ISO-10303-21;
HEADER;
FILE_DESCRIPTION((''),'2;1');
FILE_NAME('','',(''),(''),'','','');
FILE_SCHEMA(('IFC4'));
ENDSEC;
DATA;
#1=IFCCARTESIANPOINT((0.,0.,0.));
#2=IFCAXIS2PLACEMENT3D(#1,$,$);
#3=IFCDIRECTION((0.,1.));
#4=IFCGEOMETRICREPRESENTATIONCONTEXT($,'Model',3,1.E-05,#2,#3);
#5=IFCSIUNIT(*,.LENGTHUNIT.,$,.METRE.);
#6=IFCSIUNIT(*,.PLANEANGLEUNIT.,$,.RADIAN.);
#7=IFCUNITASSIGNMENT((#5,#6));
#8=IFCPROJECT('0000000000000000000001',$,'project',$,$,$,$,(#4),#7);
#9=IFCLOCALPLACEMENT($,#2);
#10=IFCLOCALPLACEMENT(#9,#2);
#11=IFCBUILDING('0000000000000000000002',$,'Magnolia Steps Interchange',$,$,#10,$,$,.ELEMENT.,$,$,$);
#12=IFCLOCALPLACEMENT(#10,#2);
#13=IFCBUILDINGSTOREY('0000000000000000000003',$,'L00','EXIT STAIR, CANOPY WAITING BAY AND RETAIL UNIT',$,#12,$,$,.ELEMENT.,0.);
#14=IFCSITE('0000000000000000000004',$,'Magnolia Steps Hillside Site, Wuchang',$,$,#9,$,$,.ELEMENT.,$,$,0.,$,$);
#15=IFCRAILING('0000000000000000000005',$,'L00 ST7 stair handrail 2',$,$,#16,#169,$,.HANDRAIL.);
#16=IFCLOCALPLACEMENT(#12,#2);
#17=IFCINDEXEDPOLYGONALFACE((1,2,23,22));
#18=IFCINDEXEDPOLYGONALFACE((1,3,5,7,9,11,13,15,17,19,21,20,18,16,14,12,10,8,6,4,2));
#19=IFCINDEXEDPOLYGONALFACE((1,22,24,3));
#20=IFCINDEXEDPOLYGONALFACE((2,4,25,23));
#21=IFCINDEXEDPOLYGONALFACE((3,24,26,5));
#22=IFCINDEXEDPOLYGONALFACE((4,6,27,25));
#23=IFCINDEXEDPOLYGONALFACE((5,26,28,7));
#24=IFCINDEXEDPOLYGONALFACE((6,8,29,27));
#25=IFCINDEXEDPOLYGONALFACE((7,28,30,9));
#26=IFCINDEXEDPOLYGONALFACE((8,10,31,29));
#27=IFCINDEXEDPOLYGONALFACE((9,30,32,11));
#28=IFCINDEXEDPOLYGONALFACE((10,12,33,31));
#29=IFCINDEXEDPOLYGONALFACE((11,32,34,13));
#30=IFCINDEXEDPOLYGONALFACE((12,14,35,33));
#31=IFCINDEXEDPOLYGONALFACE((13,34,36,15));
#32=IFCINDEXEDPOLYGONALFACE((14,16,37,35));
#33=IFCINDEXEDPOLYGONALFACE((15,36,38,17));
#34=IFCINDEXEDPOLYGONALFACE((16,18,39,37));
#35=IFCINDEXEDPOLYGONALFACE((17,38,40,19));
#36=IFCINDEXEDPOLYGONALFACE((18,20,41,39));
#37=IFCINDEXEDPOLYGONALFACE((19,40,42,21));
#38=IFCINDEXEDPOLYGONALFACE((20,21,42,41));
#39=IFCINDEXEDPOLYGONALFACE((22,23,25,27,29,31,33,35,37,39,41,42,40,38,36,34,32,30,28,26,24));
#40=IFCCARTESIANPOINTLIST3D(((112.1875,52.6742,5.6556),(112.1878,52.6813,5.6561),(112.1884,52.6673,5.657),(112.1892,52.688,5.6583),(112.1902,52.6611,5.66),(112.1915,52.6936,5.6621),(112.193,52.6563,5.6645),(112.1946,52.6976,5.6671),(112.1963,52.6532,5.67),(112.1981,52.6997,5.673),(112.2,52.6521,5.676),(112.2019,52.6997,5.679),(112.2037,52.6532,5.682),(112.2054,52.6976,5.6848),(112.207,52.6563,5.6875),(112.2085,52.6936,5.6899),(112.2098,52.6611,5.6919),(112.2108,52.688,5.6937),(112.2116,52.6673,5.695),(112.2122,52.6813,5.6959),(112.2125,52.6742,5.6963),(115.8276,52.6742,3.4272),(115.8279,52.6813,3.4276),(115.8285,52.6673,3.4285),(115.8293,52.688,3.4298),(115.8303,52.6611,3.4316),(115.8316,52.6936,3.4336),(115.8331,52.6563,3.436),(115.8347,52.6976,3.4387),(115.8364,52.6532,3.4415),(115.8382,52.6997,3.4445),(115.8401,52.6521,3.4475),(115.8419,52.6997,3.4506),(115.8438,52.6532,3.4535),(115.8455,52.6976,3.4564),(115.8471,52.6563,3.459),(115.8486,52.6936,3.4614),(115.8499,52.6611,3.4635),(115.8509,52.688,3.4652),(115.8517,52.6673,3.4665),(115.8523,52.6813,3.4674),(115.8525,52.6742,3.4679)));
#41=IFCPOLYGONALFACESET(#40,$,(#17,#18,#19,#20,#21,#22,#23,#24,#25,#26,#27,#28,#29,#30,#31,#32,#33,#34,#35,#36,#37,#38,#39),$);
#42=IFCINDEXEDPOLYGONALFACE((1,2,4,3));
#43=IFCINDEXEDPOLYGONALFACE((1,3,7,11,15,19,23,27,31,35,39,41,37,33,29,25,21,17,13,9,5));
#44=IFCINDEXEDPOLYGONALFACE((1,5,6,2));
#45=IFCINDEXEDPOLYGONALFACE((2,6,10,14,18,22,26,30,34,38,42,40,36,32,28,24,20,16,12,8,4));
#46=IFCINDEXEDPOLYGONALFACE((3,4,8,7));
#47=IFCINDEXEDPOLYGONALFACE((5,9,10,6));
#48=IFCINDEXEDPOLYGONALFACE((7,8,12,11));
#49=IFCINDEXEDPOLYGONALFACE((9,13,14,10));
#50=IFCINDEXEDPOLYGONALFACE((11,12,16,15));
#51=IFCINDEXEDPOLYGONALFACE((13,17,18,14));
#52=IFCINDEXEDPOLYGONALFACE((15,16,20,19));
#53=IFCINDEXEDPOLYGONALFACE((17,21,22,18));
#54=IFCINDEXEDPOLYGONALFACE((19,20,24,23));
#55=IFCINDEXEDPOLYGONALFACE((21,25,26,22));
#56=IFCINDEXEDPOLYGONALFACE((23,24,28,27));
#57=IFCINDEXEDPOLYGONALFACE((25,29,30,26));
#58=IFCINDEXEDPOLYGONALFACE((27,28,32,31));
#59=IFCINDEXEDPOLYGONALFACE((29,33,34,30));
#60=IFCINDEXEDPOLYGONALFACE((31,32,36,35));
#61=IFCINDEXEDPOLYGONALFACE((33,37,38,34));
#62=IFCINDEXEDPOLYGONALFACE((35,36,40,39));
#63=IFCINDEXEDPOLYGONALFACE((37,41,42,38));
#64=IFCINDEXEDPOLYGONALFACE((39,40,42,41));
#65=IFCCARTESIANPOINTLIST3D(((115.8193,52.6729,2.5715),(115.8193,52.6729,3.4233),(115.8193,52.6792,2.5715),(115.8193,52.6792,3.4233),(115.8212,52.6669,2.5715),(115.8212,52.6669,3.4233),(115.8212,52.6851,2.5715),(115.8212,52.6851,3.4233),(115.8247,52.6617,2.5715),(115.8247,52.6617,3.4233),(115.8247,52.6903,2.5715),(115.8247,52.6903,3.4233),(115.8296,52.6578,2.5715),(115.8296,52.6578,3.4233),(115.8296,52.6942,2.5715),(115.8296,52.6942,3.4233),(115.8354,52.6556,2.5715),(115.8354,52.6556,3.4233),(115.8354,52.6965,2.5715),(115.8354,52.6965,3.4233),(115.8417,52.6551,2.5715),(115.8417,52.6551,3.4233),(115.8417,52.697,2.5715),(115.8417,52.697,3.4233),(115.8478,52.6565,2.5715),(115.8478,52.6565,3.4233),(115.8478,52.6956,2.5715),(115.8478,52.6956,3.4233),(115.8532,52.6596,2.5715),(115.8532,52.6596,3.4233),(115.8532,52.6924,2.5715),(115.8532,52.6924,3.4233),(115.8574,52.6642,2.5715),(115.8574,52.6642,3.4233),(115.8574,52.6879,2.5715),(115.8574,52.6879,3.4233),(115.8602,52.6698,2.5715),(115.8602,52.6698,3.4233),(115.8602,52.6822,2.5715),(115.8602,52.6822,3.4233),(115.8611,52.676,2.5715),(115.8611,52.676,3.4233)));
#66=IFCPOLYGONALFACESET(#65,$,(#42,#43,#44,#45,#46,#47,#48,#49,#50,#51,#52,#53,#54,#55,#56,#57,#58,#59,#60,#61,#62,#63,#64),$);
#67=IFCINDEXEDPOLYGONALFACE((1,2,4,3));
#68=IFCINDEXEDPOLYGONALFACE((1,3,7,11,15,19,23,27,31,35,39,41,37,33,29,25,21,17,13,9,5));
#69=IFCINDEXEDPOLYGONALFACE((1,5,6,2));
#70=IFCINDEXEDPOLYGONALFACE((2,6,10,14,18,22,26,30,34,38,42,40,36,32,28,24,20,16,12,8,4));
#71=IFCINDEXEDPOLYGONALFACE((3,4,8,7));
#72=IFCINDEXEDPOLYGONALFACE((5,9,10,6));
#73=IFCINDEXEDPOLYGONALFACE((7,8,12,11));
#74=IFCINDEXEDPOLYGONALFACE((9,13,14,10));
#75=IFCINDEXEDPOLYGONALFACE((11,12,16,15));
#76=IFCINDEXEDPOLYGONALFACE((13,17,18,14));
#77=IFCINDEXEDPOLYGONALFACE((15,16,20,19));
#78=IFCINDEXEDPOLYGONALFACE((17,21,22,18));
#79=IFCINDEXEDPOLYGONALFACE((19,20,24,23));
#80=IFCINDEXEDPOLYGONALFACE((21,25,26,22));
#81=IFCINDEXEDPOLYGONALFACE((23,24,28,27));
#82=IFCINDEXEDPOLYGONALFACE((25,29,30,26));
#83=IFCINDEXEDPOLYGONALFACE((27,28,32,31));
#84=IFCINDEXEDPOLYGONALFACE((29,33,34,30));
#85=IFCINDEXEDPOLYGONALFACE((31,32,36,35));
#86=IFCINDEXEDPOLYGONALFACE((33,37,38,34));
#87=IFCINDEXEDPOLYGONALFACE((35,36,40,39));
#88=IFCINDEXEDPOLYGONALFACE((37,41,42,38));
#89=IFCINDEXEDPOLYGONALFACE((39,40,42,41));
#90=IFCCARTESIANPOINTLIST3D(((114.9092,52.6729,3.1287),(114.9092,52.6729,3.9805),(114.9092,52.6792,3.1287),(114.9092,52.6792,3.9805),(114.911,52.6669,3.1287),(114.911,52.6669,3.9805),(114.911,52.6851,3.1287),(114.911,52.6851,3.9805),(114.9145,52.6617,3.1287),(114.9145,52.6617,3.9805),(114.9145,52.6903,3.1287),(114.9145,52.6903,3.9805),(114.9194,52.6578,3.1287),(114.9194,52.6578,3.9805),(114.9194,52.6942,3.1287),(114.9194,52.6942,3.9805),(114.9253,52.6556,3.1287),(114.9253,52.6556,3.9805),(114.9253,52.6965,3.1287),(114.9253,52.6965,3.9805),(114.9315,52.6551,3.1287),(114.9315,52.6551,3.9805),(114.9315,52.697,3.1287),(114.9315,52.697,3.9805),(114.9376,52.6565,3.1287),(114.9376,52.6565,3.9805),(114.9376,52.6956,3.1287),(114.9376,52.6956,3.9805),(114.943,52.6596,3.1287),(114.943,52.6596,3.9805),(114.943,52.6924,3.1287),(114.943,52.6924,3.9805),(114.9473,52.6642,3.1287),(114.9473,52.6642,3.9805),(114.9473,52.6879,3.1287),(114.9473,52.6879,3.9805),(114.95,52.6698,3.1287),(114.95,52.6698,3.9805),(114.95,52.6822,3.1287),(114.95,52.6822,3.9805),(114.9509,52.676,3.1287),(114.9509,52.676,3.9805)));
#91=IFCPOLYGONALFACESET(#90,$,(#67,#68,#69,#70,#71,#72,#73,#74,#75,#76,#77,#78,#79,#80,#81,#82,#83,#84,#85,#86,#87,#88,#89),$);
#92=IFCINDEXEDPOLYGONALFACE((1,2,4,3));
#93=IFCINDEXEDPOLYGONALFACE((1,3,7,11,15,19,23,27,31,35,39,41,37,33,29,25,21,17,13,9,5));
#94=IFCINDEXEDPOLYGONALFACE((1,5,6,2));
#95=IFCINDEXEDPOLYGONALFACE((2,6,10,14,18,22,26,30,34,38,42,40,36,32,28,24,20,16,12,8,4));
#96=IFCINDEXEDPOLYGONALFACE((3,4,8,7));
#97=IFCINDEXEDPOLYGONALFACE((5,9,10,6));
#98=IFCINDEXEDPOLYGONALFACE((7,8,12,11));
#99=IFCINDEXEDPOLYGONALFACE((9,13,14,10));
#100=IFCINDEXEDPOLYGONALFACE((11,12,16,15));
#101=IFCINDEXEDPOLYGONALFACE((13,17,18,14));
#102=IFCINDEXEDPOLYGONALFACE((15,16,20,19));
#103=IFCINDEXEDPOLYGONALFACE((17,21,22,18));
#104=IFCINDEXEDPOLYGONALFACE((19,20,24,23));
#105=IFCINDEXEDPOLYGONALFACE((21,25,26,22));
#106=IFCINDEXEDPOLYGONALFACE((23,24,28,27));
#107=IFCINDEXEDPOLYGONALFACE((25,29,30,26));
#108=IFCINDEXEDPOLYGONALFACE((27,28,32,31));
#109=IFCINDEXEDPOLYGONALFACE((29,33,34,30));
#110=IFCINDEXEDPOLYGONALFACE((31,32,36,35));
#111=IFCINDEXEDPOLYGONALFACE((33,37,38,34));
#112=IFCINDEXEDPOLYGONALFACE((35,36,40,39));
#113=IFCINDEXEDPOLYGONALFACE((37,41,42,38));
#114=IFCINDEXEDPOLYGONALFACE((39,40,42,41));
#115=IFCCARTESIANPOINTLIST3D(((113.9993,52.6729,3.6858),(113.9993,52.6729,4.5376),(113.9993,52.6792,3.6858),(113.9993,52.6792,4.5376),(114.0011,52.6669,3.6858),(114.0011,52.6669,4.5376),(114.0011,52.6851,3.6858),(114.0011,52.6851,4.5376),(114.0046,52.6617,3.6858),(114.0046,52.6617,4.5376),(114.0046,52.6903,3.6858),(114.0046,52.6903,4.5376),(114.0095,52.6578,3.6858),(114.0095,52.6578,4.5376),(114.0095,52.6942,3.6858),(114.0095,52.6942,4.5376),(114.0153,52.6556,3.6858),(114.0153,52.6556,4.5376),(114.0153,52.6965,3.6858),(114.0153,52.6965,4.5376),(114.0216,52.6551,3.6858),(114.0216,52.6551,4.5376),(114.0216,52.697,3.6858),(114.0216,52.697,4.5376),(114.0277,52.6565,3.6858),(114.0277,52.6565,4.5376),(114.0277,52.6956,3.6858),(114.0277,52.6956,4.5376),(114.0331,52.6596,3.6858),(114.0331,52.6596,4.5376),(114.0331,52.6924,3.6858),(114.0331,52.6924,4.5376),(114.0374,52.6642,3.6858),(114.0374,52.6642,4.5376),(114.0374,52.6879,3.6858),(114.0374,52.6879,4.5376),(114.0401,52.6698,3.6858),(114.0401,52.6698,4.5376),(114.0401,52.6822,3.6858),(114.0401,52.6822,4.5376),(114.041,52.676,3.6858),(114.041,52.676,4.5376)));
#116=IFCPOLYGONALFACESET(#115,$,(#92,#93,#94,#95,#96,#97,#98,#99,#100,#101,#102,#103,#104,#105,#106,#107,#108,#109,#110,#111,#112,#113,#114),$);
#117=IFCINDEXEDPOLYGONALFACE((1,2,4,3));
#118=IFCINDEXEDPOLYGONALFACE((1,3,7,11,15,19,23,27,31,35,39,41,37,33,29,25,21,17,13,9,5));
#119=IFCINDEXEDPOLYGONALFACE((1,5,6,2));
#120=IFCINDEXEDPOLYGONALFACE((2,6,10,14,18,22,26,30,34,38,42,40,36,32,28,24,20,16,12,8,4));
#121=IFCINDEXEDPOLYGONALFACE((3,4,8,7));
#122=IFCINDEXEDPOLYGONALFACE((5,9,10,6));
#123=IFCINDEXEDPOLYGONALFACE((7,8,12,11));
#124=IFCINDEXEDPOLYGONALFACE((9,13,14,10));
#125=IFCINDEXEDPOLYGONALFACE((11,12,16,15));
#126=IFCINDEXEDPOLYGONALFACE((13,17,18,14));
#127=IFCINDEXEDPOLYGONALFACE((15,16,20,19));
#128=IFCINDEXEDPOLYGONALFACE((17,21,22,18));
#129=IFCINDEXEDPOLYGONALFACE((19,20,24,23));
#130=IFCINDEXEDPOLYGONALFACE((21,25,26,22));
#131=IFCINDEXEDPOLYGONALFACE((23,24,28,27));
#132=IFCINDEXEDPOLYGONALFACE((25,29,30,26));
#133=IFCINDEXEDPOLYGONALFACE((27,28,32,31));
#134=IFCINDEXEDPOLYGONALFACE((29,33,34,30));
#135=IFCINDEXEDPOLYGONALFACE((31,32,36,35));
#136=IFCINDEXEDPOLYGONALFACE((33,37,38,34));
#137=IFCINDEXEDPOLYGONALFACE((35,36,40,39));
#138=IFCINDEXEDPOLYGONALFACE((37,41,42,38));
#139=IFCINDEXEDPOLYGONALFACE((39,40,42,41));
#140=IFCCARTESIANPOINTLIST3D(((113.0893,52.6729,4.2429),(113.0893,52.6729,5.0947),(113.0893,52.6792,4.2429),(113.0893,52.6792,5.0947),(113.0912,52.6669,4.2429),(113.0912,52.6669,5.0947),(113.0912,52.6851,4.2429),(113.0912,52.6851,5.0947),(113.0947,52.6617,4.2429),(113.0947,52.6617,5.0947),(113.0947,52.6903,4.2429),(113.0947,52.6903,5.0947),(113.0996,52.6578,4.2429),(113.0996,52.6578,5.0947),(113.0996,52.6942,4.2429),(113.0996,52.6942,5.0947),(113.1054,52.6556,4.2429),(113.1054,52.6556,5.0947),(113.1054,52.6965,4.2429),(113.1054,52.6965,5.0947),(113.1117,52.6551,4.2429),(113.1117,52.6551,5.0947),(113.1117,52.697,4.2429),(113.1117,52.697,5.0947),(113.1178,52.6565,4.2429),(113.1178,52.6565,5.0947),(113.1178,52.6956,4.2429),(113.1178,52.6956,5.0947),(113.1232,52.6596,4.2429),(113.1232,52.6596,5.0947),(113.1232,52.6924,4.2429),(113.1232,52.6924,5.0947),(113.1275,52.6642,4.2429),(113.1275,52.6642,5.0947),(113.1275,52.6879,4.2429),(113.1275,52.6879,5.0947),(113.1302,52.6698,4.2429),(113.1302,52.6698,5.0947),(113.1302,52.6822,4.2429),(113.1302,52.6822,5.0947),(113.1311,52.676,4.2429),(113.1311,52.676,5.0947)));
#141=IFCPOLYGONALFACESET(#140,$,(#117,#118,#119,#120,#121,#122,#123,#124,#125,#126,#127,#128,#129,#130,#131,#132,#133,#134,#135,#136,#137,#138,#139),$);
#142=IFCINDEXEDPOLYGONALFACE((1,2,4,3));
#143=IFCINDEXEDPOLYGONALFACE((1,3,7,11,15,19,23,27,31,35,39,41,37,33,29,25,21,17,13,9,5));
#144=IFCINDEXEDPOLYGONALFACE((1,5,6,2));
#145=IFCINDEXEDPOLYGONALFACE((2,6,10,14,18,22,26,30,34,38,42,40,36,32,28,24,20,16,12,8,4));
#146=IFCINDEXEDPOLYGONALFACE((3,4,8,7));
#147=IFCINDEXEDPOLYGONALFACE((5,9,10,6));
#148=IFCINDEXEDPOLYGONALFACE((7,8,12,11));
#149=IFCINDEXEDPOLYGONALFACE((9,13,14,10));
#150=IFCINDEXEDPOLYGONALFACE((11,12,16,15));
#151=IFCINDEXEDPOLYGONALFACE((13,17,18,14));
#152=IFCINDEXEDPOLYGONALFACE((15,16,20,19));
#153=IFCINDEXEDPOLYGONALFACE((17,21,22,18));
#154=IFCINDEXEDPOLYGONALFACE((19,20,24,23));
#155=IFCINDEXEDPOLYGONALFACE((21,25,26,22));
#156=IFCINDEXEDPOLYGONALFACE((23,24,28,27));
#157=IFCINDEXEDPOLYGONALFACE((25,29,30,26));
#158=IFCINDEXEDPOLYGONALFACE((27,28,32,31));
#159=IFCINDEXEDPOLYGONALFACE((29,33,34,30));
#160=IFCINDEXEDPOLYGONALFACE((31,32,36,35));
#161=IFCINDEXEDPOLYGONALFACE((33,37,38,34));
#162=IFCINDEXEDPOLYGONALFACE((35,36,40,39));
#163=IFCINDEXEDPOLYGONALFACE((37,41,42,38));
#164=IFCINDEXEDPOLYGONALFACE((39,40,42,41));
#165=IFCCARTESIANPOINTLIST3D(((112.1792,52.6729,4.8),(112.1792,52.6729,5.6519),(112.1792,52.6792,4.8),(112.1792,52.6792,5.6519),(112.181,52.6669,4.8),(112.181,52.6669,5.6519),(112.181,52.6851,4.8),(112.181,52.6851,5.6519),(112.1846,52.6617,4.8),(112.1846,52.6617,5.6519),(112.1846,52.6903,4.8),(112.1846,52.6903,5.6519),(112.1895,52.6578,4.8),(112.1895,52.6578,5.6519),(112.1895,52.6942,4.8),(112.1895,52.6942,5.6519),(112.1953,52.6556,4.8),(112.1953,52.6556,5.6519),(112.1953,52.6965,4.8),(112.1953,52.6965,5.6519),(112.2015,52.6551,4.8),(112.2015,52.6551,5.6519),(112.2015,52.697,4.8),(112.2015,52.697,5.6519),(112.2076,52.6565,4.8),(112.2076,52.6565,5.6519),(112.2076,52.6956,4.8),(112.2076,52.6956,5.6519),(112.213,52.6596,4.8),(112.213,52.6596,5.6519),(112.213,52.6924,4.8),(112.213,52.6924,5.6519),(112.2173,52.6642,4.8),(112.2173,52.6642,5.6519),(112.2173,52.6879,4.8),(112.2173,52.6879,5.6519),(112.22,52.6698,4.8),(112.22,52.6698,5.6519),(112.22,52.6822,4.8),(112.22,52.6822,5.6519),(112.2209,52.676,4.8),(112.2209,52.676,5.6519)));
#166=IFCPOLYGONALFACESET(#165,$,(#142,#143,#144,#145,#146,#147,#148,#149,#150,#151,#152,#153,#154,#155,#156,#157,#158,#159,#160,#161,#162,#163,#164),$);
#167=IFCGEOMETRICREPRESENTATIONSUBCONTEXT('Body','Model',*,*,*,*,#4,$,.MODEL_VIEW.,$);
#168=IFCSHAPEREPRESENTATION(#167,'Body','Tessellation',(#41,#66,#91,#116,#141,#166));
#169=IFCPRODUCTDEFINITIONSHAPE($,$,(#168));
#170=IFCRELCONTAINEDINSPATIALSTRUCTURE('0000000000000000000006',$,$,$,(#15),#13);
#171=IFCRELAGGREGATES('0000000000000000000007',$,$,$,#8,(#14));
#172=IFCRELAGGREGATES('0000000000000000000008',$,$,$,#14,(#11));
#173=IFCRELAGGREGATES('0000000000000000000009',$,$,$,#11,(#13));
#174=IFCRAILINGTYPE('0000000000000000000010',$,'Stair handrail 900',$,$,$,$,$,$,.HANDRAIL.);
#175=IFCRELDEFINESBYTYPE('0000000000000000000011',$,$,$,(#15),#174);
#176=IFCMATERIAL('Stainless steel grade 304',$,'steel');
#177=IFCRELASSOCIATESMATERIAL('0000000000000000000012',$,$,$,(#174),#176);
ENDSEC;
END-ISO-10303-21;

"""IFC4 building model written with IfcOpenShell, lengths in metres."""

from ifc_helpers import new_model, si_unit, direction, frame, origin, origin_2d, place, context, subcontext, project, spatial, circle, extrude, material, type_object, element, save


model = new_model("IFC4")

# Units and contexts
model_context = context("Model", 3, precision=1e-05, world=origin(), true_north=direction((0.0, 1.0)))
body_context = subcontext(model_context, "Body", "Model", "MODEL_VIEW")
ifc_project = project(units=[si_unit("LENGTHUNIT", "METRE"), si_unit("PLANEANGLEUNIT", "RADIAN")], contexts=[model_context])

# Site, building, storey
site_placement = place(None, origin())
site = spatial("IfcSite", under=ifc_project, at=site_placement, Name="Magnolia Steps Hillside Site, Wuchang", CompositionType="ELEMENT", RefElevation=0.0)
building_placement = place(site_placement, origin())
building = spatial("IfcBuilding", under=site, at=building_placement, Name="Magnolia Steps Interchange", CompositionType="ELEMENT")
storey_placement = place(building_placement, origin())
storey = spatial("IfcBuildingStorey", under=building, at=storey_placement, Name="L00", Description="EXIT STAIR, CANOPY WAITING BAY AND RETAIL UNIT", CompositionType="ELEMENT", Elevation=0.0)

# Railing
ifc_material_1 = material(Name="Stainless steel grade 304", Category="steel")
railing_type_1 = type_object("IfcRailingType", Name="Stair handrail 900", PredefinedType="HANDRAIL", material=ifc_material_1)
railing_1_placement = place(storey_placement, frame((115.8401, 52.676, 2.5715)))
element("IfcRailing", 1, at=railing_1_placement, inside=storey, type_object=railing_type_1, Name="L00 ST7 stair handrail 2", PredefinedType="HANDRAIL", context=body_context, shape_type="SweptSolid", body=[
    extrude(circle(Radius=0.0239, at=origin_2d()), frame((0.0, 0.0, 0.876), z_axis=(-0.852866, 0.0, 0.52213), x_axis=(0.0, -1.0, 0.0)), (0.0, 0.0, 1.0), 4.2681),
    extrude(circle(Radius=0.021, at=origin_2d()), origin(), (0.0, 0.0, 1.0), 0.8518),
    extrude(circle(Radius=0.021, at=origin_2d()), frame((-0.9102, 0.0, 0.5571)), (0.0, 0.0, 1.0), 0.8518),
    extrude(circle(Radius=0.021, at=origin_2d()), frame((-1.8201, 0.0, 1.1143)), (0.0, 0.0, 1.0), 0.8518),
    extrude(circle(Radius=0.021, at=origin_2d()), frame((-2.73, 0.0, 1.6714)), (0.0, 0.0, 1.0), 0.8518),
    extrude(circle(Radius=0.021, at=origin_2d()), frame((-3.6401, 0.0, 2.2285)), (0.0, 0.0, 1.0), 0.8518),
])

save(model, "model.ifc")
